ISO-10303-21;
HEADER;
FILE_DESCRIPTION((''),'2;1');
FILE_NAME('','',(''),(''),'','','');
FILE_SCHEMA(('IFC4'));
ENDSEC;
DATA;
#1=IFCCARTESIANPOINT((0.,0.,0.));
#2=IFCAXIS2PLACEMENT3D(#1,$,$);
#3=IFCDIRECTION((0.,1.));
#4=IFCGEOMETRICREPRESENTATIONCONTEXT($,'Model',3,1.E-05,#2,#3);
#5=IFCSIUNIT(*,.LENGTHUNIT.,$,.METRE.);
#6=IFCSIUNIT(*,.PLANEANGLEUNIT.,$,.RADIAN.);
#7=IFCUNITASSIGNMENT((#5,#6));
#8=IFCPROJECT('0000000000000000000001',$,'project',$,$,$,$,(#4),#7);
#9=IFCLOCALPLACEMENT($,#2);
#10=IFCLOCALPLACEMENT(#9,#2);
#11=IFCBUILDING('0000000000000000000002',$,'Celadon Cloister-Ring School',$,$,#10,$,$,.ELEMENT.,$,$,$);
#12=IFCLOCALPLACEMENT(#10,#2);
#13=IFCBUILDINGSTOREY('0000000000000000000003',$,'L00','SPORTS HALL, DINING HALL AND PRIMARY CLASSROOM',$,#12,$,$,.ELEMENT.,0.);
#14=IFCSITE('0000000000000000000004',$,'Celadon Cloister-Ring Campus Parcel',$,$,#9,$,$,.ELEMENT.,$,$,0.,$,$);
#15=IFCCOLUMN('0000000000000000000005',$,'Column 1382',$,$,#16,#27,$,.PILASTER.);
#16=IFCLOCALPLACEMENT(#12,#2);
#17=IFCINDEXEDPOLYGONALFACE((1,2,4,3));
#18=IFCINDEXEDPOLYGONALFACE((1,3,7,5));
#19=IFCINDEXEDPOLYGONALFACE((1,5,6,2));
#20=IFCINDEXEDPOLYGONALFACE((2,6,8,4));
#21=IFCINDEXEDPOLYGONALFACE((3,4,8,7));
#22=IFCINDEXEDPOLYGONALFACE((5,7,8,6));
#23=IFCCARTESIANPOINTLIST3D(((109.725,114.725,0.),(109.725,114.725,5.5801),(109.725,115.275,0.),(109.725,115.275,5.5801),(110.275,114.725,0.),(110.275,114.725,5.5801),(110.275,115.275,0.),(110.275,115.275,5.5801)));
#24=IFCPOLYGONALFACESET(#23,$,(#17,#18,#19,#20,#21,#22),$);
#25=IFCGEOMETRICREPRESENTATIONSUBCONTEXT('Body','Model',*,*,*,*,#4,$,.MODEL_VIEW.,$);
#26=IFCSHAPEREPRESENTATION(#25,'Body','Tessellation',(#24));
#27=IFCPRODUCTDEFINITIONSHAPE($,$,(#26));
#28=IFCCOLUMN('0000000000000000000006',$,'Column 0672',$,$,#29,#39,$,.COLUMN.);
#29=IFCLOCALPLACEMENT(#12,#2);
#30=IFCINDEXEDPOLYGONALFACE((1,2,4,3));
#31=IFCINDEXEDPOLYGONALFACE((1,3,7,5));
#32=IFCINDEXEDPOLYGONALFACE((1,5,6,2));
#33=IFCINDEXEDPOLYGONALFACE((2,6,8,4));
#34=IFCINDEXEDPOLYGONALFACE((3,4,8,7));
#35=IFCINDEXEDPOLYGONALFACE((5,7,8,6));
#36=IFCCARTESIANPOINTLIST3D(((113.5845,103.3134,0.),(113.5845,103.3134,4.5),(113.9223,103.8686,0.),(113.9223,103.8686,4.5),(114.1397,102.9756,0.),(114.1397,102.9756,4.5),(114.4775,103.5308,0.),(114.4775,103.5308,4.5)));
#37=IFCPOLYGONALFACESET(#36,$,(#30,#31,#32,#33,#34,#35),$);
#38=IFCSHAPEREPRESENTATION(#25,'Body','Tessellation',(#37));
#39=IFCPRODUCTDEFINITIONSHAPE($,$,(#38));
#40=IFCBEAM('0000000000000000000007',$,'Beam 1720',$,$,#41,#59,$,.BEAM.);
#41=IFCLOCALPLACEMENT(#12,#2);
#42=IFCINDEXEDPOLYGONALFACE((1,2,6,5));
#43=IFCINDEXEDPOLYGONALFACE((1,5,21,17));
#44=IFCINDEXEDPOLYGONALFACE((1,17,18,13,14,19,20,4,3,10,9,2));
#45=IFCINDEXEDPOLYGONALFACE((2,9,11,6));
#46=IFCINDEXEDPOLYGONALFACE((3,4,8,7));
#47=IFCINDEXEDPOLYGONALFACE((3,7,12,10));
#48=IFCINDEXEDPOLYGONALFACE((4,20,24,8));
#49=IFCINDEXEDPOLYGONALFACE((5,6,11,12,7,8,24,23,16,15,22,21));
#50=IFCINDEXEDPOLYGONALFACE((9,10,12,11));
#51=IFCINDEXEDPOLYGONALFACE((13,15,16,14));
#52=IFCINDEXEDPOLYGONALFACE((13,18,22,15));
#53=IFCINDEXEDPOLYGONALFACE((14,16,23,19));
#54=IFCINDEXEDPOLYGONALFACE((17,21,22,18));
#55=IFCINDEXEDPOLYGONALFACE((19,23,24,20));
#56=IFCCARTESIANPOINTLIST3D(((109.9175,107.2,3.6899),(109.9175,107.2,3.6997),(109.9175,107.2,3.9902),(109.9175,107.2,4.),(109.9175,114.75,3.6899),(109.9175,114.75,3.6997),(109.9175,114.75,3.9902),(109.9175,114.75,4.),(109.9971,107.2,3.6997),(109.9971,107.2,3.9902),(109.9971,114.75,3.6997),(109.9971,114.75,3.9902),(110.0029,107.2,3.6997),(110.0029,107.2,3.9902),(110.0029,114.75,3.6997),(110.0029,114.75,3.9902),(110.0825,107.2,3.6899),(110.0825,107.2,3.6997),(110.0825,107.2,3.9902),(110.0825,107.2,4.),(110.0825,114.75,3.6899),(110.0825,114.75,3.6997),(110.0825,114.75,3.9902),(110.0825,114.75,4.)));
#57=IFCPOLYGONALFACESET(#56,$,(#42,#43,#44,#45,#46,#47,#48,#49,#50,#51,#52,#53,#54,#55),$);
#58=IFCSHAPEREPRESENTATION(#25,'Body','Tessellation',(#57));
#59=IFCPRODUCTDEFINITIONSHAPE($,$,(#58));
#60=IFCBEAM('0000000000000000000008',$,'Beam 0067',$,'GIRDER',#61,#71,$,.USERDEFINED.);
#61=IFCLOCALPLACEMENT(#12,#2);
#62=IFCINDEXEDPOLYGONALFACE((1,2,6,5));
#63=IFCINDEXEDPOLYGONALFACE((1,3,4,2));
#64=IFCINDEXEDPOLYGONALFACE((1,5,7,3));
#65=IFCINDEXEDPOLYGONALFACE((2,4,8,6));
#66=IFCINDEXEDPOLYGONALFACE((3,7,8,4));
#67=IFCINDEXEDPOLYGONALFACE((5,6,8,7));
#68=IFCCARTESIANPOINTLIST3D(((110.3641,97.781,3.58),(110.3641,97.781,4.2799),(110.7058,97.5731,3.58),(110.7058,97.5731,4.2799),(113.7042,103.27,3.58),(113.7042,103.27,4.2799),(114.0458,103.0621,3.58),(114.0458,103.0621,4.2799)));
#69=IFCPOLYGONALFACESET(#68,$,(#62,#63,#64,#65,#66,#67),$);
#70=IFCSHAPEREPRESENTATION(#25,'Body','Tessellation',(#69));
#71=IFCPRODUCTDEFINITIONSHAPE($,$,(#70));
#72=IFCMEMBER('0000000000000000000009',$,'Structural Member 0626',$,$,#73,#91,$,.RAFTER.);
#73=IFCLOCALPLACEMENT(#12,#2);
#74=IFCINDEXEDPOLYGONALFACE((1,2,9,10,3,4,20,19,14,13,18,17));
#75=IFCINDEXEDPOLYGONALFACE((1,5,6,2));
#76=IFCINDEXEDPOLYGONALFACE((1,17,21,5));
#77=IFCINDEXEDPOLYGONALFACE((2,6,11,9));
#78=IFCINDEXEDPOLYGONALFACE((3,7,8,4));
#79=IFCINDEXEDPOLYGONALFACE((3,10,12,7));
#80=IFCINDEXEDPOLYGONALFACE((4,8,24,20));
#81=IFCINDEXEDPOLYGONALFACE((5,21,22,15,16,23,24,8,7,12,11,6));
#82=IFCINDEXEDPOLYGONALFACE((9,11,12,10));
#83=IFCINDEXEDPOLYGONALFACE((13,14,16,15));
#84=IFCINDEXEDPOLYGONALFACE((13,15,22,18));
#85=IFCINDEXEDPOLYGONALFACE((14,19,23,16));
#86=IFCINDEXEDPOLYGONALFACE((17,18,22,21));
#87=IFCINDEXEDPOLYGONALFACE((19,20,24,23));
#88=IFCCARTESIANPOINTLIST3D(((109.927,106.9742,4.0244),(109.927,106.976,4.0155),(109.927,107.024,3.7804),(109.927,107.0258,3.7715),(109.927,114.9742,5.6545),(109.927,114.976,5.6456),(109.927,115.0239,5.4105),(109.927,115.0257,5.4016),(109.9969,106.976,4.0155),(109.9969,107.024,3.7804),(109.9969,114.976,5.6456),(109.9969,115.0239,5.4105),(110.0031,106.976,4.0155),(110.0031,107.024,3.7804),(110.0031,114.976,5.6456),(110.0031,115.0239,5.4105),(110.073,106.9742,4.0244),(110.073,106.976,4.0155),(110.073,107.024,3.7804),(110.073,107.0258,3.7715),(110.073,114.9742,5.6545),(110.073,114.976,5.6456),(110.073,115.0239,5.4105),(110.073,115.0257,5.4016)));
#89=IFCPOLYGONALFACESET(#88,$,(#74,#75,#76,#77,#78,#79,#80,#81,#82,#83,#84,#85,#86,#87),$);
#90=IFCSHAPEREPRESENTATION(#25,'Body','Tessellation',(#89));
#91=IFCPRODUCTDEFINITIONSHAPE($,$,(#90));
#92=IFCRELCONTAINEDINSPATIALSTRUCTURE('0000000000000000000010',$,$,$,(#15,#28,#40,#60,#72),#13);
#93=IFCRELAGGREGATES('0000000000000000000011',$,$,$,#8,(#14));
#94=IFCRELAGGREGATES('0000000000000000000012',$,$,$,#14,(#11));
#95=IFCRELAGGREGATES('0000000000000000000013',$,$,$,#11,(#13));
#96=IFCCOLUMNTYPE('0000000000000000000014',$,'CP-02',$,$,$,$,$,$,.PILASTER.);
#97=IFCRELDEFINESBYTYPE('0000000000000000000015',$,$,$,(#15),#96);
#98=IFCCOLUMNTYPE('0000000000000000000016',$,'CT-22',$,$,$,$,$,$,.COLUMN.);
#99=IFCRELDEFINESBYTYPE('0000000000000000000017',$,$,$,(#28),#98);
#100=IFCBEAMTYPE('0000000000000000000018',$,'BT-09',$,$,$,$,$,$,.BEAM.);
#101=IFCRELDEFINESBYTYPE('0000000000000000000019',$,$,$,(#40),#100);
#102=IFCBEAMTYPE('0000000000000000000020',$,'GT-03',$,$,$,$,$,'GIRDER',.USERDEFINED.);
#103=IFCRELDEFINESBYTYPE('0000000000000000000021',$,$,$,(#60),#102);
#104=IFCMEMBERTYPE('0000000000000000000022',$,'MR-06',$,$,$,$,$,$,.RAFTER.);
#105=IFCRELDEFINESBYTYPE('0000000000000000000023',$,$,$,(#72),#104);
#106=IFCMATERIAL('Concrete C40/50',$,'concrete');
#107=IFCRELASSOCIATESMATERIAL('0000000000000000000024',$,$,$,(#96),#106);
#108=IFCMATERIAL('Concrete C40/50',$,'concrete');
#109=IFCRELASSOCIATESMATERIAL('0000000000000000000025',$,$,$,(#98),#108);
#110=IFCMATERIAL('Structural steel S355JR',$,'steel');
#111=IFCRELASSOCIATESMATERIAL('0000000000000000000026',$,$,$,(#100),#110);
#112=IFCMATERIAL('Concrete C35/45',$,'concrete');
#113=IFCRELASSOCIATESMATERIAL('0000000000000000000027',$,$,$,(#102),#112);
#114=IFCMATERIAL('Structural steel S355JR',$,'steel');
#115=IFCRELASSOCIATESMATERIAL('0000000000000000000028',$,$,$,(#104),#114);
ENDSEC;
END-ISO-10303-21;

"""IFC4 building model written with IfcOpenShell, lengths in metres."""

from ifc_helpers import new_model, si_unit, direction, frame, origin, origin_2d, place, context, subcontext, project, spatial, rectangle, i_section, extrude, material, material_profile, profile_set, type_object, element, save


model = new_model("IFC4")

# Units and contexts
model_context = context("Model", 3, precision=1e-05, world=origin(), true_north=direction((0.0, 1.0)))
body_context = subcontext(model_context, "Body", "Model", "MODEL_VIEW")
ifc_project = project(units=[si_unit("LENGTHUNIT", "METRE"), si_unit("PLANEANGLEUNIT", "RADIAN")], contexts=[model_context])

# Site, building, storey
site_placement = place(None, origin())
site = spatial("IfcSite", under=ifc_project, at=site_placement, Name="Celadon Cloister-Ring Campus Parcel", CompositionType="ELEMENT", RefElevation=0.0)
building_placement = place(site_placement, origin())
building = spatial("IfcBuilding", under=site, at=building_placement, Name="Celadon Cloister-Ring School", CompositionType="ELEMENT")
storey_placement = place(building_placement, origin())
storey = spatial("IfcBuildingStorey", under=building, at=storey_placement, Name="L00", Description="SPORTS HALL, DINING HALL AND PRIMARY CLASSROOM", CompositionType="ELEMENT", Elevation=0.0)

# Columns
ifc_material_1 = material(Name="Concrete C40/50", Category="concrete")
ifc_material_profile_1 = material_profile(ifc_material_1, rectangle(XDim=0.55, YDim=0.55, at=origin_2d()), Name="RC550X550")
ifc_profile_set_1 = profile_set([ifc_material_profile_1], Name="Concrete C40/50")
column_type_1 = type_object("IfcColumnType", Name="CP-02", PredefinedType="PILASTER", material=ifc_profile_set_1)
column_1_placement = place(storey_placement, frame((110.0, 115.0, 0.0), z_axis=(0.0, 0.0, 1.0), x_axis=(1.0, 0.0, 0.0)))
element("IfcColumn", 1, at=column_1_placement, inside=storey, type_object=column_type_1, Name="Column 1382", PredefinedType="PILASTER", context=body_context, shape_type="SweptSolid", body=[
    extrude(rectangle(XDim=0.55, YDim=0.55, at=origin_2d()), origin(), (0.0, 0.0, 1.0), 5.5801),
])
ifc_material_2 = material(Name="Concrete C40/50", Category="concrete")
ifc_material_profile_2 = material_profile(ifc_material_2, rectangle(XDim=0.6499, YDim=0.6499, at=origin_2d()), Name="RC650X650")
ifc_profile_set_2 = profile_set([ifc_material_profile_2], Name="Concrete C40/50")
column_type_2 = type_object("IfcColumnType", Name="CT-22", PredefinedType="COLUMN", material=ifc_profile_set_2)
column_2_placement = place(storey_placement, frame((114.031, 103.4221, 0.0), z_axis=(0.0, 0.0, 1.0), x_axis=(0.519817, 0.854277, 0.0)))
element("IfcColumn", 2, at=column_2_placement, inside=storey, type_object=column_type_2, Name="Column 0672", PredefinedType="COLUMN", context=body_context, shape_type="SweptSolid", body=[
    extrude(rectangle(XDim=0.6499, YDim=0.6499, at=origin_2d()), origin(), (0.0, 0.0, 1.0), 4.5),
])

# Beams
ifc_material_3 = material(Name="Structural steel S355JR", Category="steel")
ifc_material_profile_3 = material_profile(ifc_material_3, i_section(OverallWidth=0.165, OverallDepth=0.3101, WebThickness=0.0059, FlangeThickness=0.0098, at=origin_2d()), Name="W310X39")
ifc_profile_set_3 = profile_set([ifc_material_profile_3], Name="Structural steel S355JR")
beam_type_1 = type_object("IfcBeamType", Name="BT-09", PredefinedType="BEAM", material=ifc_profile_set_3)
beam_1_placement = place(storey_placement, frame((110.0, 107.2, 3.845), z_axis=(0.0, 1.0, 0.0), x_axis=(-1.0, 0.0, 0.0)))
element("IfcBeam", 3, at=beam_1_placement, inside=storey, type_object=beam_type_1, Name="Beam 1720", PredefinedType="BEAM", context=body_context, shape_type="SweptSolid", body=[
    extrude(i_section(OverallWidth=0.165, OverallDepth=0.3101, WebThickness=0.0059, FlangeThickness=0.0098, at=origin_2d()), origin(), (0.0, 0.0, 1.0), 7.55),
])
ifc_material_4 = material(Name="Concrete C35/45", Category="concrete")
ifc_material_profile_4 = material_profile(ifc_material_4, rectangle(XDim=0.3999, YDim=0.7, at=origin_2d()), Name="RC400X700")
ifc_profile_set_4 = profile_set([ifc_material_profile_4], Name="Concrete C35/45")
beam_type_2 = type_object("IfcBeamType", Name="GT-03", ElementType="GIRDER", PredefinedType="USERDEFINED", material=ifc_profile_set_4)
beam_2_placement = place(storey_placement, frame((113.875, 103.166, 3.9299), z_axis=(-0.519828, -0.854271, 0.0), x_axis=(0.854271, -0.519828, 0.0)))
element("IfcBeam", 4, at=beam_2_placement, inside=storey, type_object=beam_type_2, Name="Beam 0067", ObjectType="GIRDER", PredefinedType="USERDEFINED", context=body_context, shape_type="SweptSolid", body=[
    extrude(rectangle(XDim=0.3999, YDim=0.7, at=origin_2d()), origin(), (0.0, 0.0, 1.0), 6.4253),
])

# Member
ifc_material_5 = material(Name="Structural steel S355JR", Category="steel")
ifc_material_profile_5 = material_profile(ifc_material_5, i_section(OverallWidth=0.146, OverallDepth=0.2581, WebThickness=0.0061, FlangeThickness=0.009, at=origin_2d()), Name="W250X33")
ifc_profile_set_5 = profile_set([ifc_material_profile_5], Name="Structural steel S355JR")
member_type = type_object("IfcMemberType", Name="MR-06", PredefinedType="RAFTER", material=ifc_profile_set_5)
member_placement = place(storey_placement, frame((110.0, 107.0, 3.8979), z_axis=(0.0, 0.979865, 0.199663), x_axis=(-1.0, 0.0, 0.0)))
element("IfcMember", 5, at=member_placement, inside=storey, type_object=member_type, Name="Structural Member 0626", PredefinedType="RAFTER", context=body_context, shape_type="SweptSolid", body=[
    extrude(i_section(OverallWidth=0.146, OverallDepth=0.2581, WebThickness=0.0061, FlangeThickness=0.009, at=origin_2d()), origin(), (0.0, 0.0, 1.0), 8.1643),
])

save(model, "model.ifc")
